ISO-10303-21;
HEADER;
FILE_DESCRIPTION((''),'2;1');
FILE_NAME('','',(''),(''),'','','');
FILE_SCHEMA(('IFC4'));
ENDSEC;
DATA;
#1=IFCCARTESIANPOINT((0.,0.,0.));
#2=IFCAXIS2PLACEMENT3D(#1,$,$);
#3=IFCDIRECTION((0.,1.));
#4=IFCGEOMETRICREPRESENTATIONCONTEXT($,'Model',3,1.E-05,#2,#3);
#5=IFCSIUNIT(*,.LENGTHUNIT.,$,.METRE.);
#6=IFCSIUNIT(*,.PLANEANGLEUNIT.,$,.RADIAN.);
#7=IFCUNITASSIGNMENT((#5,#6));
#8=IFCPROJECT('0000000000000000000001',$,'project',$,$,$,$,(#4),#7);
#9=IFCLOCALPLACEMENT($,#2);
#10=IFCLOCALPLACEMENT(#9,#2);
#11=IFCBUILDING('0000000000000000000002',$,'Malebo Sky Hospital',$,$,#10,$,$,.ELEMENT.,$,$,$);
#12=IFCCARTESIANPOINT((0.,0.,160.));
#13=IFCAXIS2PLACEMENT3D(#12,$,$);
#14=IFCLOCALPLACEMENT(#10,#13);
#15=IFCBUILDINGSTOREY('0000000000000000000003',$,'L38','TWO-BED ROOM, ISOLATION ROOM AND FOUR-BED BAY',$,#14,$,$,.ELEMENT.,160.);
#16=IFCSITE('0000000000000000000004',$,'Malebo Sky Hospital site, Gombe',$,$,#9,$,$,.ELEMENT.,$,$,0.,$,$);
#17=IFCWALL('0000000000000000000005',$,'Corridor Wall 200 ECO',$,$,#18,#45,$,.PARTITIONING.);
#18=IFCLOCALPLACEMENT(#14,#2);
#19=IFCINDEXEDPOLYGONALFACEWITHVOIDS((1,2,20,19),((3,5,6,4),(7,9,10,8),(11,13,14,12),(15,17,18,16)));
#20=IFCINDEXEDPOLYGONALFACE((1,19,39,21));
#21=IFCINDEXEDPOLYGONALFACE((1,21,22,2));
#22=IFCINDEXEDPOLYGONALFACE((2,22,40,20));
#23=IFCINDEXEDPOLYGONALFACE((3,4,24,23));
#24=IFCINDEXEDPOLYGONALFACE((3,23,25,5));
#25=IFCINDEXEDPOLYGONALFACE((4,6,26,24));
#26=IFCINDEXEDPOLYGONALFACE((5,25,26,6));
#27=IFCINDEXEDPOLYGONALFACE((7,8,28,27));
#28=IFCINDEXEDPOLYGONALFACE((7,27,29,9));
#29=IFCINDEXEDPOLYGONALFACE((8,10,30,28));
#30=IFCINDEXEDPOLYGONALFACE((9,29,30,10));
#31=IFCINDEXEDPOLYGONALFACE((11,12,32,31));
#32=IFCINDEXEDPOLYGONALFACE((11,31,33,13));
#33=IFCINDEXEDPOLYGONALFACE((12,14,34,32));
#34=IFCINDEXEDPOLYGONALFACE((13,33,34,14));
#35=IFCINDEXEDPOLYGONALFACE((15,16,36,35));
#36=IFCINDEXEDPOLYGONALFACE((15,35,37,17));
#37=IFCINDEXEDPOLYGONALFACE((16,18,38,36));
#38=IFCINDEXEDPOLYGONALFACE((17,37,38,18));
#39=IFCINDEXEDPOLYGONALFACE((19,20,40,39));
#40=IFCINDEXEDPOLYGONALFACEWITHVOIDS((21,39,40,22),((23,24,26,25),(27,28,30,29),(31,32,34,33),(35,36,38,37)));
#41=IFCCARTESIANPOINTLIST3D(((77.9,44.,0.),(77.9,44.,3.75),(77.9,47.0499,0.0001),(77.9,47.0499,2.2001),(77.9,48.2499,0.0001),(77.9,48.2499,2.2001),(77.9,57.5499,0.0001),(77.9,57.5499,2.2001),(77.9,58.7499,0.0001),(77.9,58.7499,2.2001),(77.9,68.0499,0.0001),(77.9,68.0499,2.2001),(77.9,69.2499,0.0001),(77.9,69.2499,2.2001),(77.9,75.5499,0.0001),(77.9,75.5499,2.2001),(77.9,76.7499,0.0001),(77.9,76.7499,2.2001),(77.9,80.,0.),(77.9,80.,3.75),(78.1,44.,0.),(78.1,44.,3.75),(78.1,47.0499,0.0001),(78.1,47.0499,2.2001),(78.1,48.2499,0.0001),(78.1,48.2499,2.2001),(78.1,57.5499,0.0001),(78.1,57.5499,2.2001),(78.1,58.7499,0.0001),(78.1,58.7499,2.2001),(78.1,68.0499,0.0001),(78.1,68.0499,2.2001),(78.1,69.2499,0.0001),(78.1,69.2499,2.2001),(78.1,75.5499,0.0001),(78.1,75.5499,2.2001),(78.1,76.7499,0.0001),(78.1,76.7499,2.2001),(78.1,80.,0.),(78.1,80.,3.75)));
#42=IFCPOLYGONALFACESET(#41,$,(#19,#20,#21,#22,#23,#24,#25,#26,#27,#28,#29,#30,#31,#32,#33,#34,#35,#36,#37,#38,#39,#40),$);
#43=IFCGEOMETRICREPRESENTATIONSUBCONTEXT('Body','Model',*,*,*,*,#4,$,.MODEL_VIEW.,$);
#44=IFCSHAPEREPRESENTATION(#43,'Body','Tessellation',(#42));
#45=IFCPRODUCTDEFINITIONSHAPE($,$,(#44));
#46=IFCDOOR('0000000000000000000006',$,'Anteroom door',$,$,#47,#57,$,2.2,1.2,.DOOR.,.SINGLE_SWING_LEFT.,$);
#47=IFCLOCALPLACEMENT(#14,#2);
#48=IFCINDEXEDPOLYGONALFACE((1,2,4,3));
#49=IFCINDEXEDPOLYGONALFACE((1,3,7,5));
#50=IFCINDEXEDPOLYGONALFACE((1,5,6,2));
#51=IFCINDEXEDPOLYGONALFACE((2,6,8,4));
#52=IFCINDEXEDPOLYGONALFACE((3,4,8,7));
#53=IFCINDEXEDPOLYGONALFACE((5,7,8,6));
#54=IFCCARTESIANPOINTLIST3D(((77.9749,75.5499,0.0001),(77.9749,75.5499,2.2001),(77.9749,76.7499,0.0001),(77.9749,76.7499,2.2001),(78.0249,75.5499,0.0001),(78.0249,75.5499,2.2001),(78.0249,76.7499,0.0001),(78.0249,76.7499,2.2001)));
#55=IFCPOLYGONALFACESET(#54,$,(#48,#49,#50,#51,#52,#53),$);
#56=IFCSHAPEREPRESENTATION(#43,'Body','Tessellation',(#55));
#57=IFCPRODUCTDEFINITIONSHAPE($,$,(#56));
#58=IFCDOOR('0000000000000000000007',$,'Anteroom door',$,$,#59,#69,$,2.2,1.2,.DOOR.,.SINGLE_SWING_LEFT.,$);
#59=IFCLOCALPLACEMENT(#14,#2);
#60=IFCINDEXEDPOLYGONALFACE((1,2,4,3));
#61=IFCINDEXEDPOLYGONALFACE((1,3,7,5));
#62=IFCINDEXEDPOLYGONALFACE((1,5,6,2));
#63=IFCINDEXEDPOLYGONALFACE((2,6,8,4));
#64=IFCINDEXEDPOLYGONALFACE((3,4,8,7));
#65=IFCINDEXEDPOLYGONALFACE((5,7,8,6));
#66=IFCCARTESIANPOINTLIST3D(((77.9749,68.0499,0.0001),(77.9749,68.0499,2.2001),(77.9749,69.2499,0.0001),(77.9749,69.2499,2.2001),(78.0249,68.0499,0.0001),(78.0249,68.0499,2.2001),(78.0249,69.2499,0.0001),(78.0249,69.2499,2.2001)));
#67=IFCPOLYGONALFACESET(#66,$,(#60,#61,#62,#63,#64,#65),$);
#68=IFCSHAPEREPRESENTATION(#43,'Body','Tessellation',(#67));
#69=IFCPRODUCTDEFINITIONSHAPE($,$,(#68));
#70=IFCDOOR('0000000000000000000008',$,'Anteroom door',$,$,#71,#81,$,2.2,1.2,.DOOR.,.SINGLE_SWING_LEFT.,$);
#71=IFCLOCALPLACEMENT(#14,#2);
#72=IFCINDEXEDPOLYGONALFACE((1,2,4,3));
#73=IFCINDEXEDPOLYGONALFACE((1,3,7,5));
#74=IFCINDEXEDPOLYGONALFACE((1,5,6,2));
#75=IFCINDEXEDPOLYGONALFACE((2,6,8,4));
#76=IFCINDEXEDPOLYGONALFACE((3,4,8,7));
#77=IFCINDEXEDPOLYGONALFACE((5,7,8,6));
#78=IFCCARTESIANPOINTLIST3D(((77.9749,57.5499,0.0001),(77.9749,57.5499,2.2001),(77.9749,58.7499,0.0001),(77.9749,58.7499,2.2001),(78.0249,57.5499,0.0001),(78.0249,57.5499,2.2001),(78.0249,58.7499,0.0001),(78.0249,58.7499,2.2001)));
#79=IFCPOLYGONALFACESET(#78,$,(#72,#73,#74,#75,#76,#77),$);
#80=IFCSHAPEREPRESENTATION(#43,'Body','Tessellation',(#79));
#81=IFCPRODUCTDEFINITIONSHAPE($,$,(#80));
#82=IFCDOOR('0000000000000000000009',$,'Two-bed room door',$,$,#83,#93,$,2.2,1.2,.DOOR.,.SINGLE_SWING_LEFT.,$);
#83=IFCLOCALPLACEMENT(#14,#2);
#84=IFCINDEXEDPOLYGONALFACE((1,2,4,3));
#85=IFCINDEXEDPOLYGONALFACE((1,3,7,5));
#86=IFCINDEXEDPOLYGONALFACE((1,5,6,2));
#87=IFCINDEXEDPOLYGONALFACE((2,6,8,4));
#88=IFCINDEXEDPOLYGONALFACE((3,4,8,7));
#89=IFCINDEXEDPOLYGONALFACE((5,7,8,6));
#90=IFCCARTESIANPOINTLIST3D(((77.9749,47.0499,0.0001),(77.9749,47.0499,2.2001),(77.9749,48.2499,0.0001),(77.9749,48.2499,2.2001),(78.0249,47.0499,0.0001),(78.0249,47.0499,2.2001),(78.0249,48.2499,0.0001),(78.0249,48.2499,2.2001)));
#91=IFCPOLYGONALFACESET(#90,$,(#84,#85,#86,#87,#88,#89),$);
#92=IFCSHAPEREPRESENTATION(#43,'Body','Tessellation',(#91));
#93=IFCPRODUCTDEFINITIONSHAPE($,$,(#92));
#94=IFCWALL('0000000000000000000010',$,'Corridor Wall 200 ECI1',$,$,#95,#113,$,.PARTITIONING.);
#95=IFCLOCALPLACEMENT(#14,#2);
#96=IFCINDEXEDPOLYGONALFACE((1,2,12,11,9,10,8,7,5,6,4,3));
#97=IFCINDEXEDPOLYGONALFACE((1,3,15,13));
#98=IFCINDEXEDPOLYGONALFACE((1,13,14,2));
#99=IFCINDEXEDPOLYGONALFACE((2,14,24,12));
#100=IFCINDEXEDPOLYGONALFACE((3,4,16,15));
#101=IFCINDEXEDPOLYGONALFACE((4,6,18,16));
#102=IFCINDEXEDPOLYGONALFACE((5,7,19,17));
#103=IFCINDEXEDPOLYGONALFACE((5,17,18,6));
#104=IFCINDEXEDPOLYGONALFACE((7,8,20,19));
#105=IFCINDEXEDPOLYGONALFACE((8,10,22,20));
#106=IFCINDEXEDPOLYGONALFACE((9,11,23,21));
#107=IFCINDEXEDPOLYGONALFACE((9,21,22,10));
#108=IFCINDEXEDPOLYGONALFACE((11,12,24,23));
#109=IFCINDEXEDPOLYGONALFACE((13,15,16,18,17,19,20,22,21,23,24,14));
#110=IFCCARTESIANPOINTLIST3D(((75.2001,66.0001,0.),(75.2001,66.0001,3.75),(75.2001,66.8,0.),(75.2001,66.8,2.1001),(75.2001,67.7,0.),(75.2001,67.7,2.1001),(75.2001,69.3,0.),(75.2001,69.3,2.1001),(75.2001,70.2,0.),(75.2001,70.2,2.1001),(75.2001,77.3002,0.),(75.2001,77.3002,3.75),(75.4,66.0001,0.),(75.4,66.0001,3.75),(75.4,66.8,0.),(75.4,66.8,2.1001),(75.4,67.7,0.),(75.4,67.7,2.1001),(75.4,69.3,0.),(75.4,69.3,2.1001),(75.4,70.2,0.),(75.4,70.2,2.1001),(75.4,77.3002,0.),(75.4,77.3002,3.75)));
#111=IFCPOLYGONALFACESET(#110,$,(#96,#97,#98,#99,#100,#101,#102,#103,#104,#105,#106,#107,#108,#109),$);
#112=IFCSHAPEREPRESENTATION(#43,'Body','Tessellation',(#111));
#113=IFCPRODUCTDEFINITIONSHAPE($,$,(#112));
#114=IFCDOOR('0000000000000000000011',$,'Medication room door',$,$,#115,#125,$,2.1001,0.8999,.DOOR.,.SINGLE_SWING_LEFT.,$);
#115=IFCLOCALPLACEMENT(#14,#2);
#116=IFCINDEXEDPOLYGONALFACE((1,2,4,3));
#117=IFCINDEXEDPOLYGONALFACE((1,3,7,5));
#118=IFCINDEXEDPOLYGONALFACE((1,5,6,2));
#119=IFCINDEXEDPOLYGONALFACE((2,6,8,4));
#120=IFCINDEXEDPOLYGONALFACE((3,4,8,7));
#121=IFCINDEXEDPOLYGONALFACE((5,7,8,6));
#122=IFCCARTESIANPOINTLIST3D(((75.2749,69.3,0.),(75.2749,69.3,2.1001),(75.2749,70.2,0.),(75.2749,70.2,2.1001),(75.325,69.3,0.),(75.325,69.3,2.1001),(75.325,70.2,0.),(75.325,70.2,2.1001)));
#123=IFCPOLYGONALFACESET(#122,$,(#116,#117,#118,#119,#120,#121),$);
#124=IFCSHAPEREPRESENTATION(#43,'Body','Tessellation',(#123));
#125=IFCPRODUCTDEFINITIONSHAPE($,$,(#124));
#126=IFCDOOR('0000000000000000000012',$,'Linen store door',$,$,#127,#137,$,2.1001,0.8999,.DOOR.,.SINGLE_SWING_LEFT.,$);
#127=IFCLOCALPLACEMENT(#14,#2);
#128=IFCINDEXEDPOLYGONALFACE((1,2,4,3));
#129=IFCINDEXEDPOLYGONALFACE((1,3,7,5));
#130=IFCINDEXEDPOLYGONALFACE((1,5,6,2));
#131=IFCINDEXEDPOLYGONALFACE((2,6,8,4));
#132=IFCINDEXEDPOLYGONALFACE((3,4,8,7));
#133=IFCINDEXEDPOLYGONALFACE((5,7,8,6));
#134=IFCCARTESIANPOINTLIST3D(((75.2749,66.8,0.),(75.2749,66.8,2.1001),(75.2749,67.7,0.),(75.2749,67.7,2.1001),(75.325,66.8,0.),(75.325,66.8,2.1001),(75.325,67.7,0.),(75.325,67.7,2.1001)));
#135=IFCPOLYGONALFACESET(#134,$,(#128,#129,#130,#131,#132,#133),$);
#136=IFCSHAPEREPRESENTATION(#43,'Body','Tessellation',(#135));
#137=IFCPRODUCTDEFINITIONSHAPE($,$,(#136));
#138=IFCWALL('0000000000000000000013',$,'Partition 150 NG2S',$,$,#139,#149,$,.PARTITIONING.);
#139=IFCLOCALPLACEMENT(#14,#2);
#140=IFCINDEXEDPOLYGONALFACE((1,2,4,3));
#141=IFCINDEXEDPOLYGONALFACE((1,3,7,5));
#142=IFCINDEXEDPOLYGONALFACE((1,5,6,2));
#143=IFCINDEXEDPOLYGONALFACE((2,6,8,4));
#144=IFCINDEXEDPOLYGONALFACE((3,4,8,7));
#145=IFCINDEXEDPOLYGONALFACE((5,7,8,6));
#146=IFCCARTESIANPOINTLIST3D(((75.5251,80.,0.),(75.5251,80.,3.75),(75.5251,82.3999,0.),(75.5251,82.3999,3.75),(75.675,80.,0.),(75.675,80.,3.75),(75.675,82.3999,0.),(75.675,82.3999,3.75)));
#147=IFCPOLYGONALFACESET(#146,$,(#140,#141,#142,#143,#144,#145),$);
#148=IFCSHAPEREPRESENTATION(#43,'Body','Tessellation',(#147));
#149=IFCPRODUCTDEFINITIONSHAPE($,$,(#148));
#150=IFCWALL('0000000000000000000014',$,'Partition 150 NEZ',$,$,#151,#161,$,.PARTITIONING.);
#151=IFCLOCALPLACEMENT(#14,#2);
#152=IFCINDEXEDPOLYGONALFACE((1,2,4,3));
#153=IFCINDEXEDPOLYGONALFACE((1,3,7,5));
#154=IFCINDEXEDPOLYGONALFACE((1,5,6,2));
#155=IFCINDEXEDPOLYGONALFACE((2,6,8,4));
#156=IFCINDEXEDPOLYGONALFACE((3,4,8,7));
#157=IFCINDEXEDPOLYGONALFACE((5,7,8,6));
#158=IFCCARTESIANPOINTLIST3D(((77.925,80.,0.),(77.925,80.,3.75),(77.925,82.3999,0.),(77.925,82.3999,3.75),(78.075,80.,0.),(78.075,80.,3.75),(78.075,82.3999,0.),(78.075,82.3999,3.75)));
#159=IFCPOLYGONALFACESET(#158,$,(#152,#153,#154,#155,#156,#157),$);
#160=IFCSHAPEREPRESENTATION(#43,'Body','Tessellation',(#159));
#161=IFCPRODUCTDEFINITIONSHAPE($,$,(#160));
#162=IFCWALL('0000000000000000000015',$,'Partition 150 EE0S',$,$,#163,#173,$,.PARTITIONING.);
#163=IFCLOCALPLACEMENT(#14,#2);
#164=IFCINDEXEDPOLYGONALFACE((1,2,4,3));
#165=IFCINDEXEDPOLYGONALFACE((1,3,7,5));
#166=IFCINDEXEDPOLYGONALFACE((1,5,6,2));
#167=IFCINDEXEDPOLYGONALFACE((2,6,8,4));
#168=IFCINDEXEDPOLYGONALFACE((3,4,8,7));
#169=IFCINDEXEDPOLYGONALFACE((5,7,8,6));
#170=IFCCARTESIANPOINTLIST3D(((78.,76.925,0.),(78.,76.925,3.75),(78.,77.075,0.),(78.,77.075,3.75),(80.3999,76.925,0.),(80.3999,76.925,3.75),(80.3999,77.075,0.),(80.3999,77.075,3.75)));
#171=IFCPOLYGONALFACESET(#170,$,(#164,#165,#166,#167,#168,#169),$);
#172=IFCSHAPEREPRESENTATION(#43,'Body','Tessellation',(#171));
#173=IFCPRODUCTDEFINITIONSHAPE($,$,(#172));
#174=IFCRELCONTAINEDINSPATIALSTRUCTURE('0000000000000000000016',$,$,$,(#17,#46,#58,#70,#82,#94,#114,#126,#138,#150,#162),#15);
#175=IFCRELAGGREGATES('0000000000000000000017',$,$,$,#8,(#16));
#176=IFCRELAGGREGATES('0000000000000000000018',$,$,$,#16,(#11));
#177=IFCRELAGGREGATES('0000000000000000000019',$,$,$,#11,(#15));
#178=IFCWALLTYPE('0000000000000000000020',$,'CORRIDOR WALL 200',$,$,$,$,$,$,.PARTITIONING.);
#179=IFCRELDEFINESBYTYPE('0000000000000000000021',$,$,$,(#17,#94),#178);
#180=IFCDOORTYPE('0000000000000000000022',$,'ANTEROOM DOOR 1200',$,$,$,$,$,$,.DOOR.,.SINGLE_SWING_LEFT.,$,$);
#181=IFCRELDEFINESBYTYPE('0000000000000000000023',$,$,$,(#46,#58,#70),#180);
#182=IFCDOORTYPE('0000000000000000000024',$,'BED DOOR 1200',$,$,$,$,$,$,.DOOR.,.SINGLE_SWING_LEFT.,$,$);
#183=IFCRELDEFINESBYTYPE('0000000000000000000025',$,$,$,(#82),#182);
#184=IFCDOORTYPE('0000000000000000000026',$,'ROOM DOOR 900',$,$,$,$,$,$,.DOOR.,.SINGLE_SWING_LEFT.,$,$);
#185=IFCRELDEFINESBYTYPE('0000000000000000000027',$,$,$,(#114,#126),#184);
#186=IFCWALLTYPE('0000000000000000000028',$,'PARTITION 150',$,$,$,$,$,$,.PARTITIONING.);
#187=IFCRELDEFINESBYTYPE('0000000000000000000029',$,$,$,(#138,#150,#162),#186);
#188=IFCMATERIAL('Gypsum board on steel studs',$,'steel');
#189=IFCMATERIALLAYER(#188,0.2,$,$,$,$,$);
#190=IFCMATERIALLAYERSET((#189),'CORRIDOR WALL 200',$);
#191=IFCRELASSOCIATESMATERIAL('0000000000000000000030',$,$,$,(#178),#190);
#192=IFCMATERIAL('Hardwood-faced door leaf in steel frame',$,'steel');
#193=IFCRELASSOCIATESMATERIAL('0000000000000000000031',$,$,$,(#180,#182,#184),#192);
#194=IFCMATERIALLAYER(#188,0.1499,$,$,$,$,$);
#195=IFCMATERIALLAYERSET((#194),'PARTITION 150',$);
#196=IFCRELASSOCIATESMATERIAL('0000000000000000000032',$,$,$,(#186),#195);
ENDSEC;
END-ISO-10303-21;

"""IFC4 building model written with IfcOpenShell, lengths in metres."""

from ifc_helpers import new_model, si_unit, direction, frame, frame_2d, origin, place, context, subcontext, project, spatial, rectangle, extrude, material, layer, layer_set, type_object, element, fill, save


model = new_model("IFC4")

# Units and contexts
model_context = context("Model", 3, precision=1e-05, world=origin(), true_north=direction((0.0, 1.0)))
body_context = subcontext(model_context, "Body", "Model", "MODEL_VIEW")
ifc_project = project(units=[si_unit("LENGTHUNIT", "METRE"), si_unit("PLANEANGLEUNIT", "RADIAN")], contexts=[model_context])

# Site, building, storey
site_placement = place(None, origin())
site = spatial("IfcSite", under=ifc_project, at=site_placement, Name="Malebo Sky Hospital site, Gombe", CompositionType="ELEMENT", RefElevation=0.0)
building_placement = place(site_placement, origin())
building = spatial("IfcBuilding", under=site, at=building_placement, Name="Malebo Sky Hospital", CompositionType="ELEMENT")
storey_placement = place(building_placement, frame((0.0, 0.0, 160.0)))
storey = spatial("IfcBuildingStorey", under=building, at=storey_placement, Name="L38", Description="TWO-BED ROOM, ISOLATION ROOM AND FOUR-BED BAY", CompositionType="ELEMENT", Elevation=160.0)

# Walls, openings, doors
ifc_material_1 = material(Name="Gypsum board on steel studs", Category="steel")
ifc_layer_1 = layer(ifc_material_1, 0.2)
ifc_layer_set_1 = layer_set([ifc_layer_1], Name="CORRIDOR WALL 200")
wall_type_1 = type_object("IfcWallType", Name="CORRIDOR WALL 200", PredefinedType="PARTITIONING", material=ifc_layer_set_1)
wall_1_placement = place(storey_placement, frame((78.0, 80.0, 0.0), z_axis=(0.0, 0.0, 1.0), x_axis=(0.0, -1.0, 0.0)))
wall_1 = element("IfcWall", 1, at=wall_1_placement, inside=storey, type_object=wall_type_1, Name="Corridor Wall 200 ECO", PredefinedType="PARTITIONING", context=body_context, shape_type="SweptSolid", body=[
    extrude(rectangle(XDim=36.0, YDim=0.2, at=frame_2d((18.0, 0.0))), origin(), (0.0, 0.0, 1.0), 3.75),
])
opening_1_placement = place(wall_1_placement, frame((3.25, 0.0, 0.0)))
opening_1 = element("IfcOpeningElement", 2, at=opening_1_placement, cuts=wall_1, PredefinedType="OPENING", context=body_context, shape_type="SweptSolid", body=[
    extrude(rectangle(XDim=1.2, YDim=2.2, at=frame_2d((0.6001, 1.1001))), frame((0.0, 0.1099, 0.0), z_axis=(0.0, -1.0, 0.0), x_axis=(1.0, 0.0, 0.0)), (0.0, 0.0, 1.0), 0.22),
])
opening_2_placement = place(wall_1_placement, frame((10.75, 0.0, 0.0)))
opening_2 = element("IfcOpeningElement", 3, at=opening_2_placement, cuts=wall_1, PredefinedType="OPENING", context=body_context, shape_type="SweptSolid", body=[
    extrude(rectangle(XDim=1.2, YDim=2.2, at=frame_2d((0.6001, 1.1001))), frame((0.0, 0.1099, 0.0), z_axis=(0.0, -1.0, 0.0), x_axis=(1.0, 0.0, 0.0)), (0.0, 0.0, 1.0), 0.22),
])
opening_3_placement = place(wall_1_placement, frame((21.25, 0.0, 0.0)))
opening_3 = element("IfcOpeningElement", 4, at=opening_3_placement, cuts=wall_1, PredefinedType="OPENING", context=body_context, shape_type="SweptSolid", body=[
    extrude(rectangle(XDim=1.2, YDim=2.2, at=frame_2d((0.6001, 1.1001))), frame((0.0, 0.1099, 0.0), z_axis=(0.0, -1.0, 0.0), x_axis=(1.0, 0.0, 0.0)), (0.0, 0.0, 1.0), 0.22),
])
opening_4_placement = place(wall_1_placement, frame((31.75, 0.0, 0.0)))
opening_4 = element("IfcOpeningElement", 5, at=opening_4_placement, cuts=wall_1, PredefinedType="OPENING", context=body_context, shape_type="SweptSolid", body=[
    extrude(rectangle(XDim=1.2, YDim=2.2, at=frame_2d((0.6001, 1.1001))), frame((0.0, 0.1099, 0.0), z_axis=(0.0, -1.0, 0.0), x_axis=(1.0, 0.0, 0.0)), (0.0, 0.0, 1.0), 0.22),
])
ifc_material_2 = material(Name="Hardwood-faced door leaf in steel frame", Category="steel")
door_type_1 = type_object("IfcDoorType", Name="ANTEROOM DOOR 1200", OperationType="SINGLE_SWING_LEFT", PredefinedType="DOOR", material=ifc_material_2)
door_1_placement = place(opening_1_placement, origin())
door_1 = element("IfcDoor", 6, at=door_1_placement, inside=storey, type_object=door_type_1, Name="Anteroom door", OperationType="SINGLE_SWING_LEFT", OverallHeight=2.2, OverallWidth=1.2, PredefinedType="DOOR", context=body_context, shape_type="SweptSolid", body=[
    extrude(rectangle(XDim=1.2, YDim=2.2, at=frame_2d((0.6001, 1.1001))), frame((0.0, 0.0249, 0.0), z_axis=(0.0, -1.0, 0.0), x_axis=(1.0, 0.0, 0.0)), (0.0, 0.0, 1.0), 0.05),
])
fill(opening_1, door_1)
door_2_placement = place(opening_2_placement, origin())
door_2 = element("IfcDoor", 7, at=door_2_placement, inside=storey, type_object=door_type_1, Name="Anteroom door", OperationType="SINGLE_SWING_LEFT", OverallHeight=2.2, OverallWidth=1.2, PredefinedType="DOOR", context=body_context, shape_type="SweptSolid", body=[
    extrude(rectangle(XDim=1.2, YDim=2.2, at=frame_2d((0.6001, 1.1001))), frame((0.0, 0.0249, 0.0), z_axis=(0.0, -1.0, 0.0), x_axis=(1.0, 0.0, 0.0)), (0.0, 0.0, 1.0), 0.05),
])
fill(opening_2, door_2)
door_3_placement = place(opening_3_placement, origin())
door_3 = element("IfcDoor", 8, at=door_3_placement, inside=storey, type_object=door_type_1, Name="Anteroom door", OperationType="SINGLE_SWING_LEFT", OverallHeight=2.2, OverallWidth=1.2, PredefinedType="DOOR", context=body_context, shape_type="SweptSolid", body=[
    extrude(rectangle(XDim=1.2, YDim=2.2, at=frame_2d((0.6001, 1.1001))), frame((0.0, 0.0249, 0.0), z_axis=(0.0, -1.0, 0.0), x_axis=(1.0, 0.0, 0.0)), (0.0, 0.0, 1.0), 0.05),
])
fill(opening_3, door_3)
door_type_2 = type_object("IfcDoorType", Name="BED DOOR 1200", OperationType="SINGLE_SWING_LEFT", PredefinedType="DOOR", material=ifc_material_2)
door_4_placement = place(opening_4_placement, origin())
door_4 = element("IfcDoor", 9, at=door_4_placement, inside=storey, type_object=door_type_2, Name="Two-bed room door", OperationType="SINGLE_SWING_LEFT", OverallHeight=2.2, OverallWidth=1.2, PredefinedType="DOOR", context=body_context, shape_type="SweptSolid", body=[
    extrude(rectangle(XDim=1.2, YDim=2.2, at=frame_2d((0.6001, 1.1001))), frame((0.0, 0.0249, 0.0), z_axis=(0.0, -1.0, 0.0), x_axis=(1.0, 0.0, 0.0)), (0.0, 0.0, 1.0), 0.05),
])
fill(opening_4, door_4)
wall_2_placement = place(storey_placement, frame((75.3, 77.3, 0.0), z_axis=(0.0, 0.0, 1.0), x_axis=(0.0, -1.0, 0.0)))
wall_2 = element("IfcWall", 10, at=wall_2_placement, inside=storey, type_object=wall_type_1, Name="Corridor Wall 200 ECI1", PredefinedType="PARTITIONING", context=body_context, shape_type="SweptSolid", body=[
    extrude(rectangle(XDim=11.3, YDim=0.2, at=frame_2d((5.6499, 0.0))), origin(), (0.0, 0.0, 1.0), 3.75),
])
opening_5_placement = place(wall_2_placement, frame((7.1001, 0.0, 0.0)))
opening_5 = element("IfcOpeningElement", 11, at=opening_5_placement, cuts=wall_2, PredefinedType="OPENING", context=body_context, shape_type="SweptSolid", body=[
    extrude(rectangle(XDim=0.8999, YDim=2.1001, at=frame_2d((0.45, 1.05))), frame((0.0, 0.1099, 0.0), z_axis=(0.0, -1.0, 0.0), x_axis=(1.0, 0.0, 0.0)), (0.0, 0.0, 1.0), 0.22),
])
opening_6_placement = place(wall_2_placement, frame((9.6001, 0.0, 0.0)))
opening_6 = element("IfcOpeningElement", 12, at=opening_6_placement, cuts=wall_2, PredefinedType="OPENING", context=body_context, shape_type="SweptSolid", body=[
    extrude(rectangle(XDim=0.8999, YDim=2.1001, at=frame_2d((0.45, 1.05))), frame((0.0, 0.1099, 0.0), z_axis=(0.0, -1.0, 0.0), x_axis=(1.0, 0.0, 0.0)), (0.0, 0.0, 1.0), 0.22),
])
door_type_3 = type_object("IfcDoorType", Name="ROOM DOOR 900", OperationType="SINGLE_SWING_LEFT", PredefinedType="DOOR", material=ifc_material_2)
door_5_placement = place(opening_5_placement, origin())
door_5 = element("IfcDoor", 13, at=door_5_placement, inside=storey, type_object=door_type_3, Name="Medication room door", OperationType="SINGLE_SWING_LEFT", OverallHeight=2.1001, OverallWidth=0.8999, PredefinedType="DOOR", context=body_context, shape_type="SweptSolid", body=[
    extrude(rectangle(XDim=0.8999, YDim=2.1001, at=frame_2d((0.45, 1.05))), frame((0.0, 0.0249, 0.0), z_axis=(0.0, -1.0, 0.0), x_axis=(1.0, 0.0, 0.0)), (0.0, 0.0, 1.0), 0.05),
])
fill(opening_5, door_5)
door_6_placement = place(opening_6_placement, origin())
door_6 = element("IfcDoor", 14, at=door_6_placement, inside=storey, type_object=door_type_3, Name="Linen store door", OperationType="SINGLE_SWING_LEFT", OverallHeight=2.1001, OverallWidth=0.8999, PredefinedType="DOOR", context=body_context, shape_type="SweptSolid", body=[
    extrude(rectangle(XDim=0.8999, YDim=2.1001, at=frame_2d((0.45, 1.05))), frame((0.0, 0.0249, 0.0), z_axis=(0.0, -1.0, 0.0), x_axis=(1.0, 0.0, 0.0)), (0.0, 0.0, 1.0), 0.05),
])
fill(opening_6, door_6)

# Walls
ifc_layer_2 = layer(ifc_material_1, 0.1499)
ifc_layer_set_2 = layer_set([ifc_layer_2], Name="PARTITION 150")
wall_type_2 = type_object("IfcWallType", Name="PARTITION 150", PredefinedType="PARTITIONING", material=ifc_layer_set_2)
for number, where, z_axis, x_axis, name in (
    (15, (75.6001, 80.0, 0.0), (0.0, 0.0, 1.0), (0.0, 1.0, 0.0), "Partition 150 NG2S"),
    (16, (78.0, 80.0, 0.0), (0.0, 0.0, 1.0), (0.0, 1.0, 0.0), "Partition 150 NEZ"),
    (17, (78.0, 77.0, 0.0), (0.0, 0.0, 1.0), (1.0, 0.0, 0.0), "Partition 150 EE0S"),
):
    element("IfcWall", number, at=place(storey_placement, frame(where, z_axis=z_axis, x_axis=x_axis)), inside=storey, type_object=wall_type_2, Name=name, PredefinedType="PARTITIONING", context=body_context, shape_type="SweptSolid", body=[
        extrude(rectangle(XDim=2.3999, YDim=0.1499, at=frame_2d((1.2, 0.0))), origin(), (0.0, 0.0, 1.0), 3.75),
    ])

save(model, "model.ifc")
